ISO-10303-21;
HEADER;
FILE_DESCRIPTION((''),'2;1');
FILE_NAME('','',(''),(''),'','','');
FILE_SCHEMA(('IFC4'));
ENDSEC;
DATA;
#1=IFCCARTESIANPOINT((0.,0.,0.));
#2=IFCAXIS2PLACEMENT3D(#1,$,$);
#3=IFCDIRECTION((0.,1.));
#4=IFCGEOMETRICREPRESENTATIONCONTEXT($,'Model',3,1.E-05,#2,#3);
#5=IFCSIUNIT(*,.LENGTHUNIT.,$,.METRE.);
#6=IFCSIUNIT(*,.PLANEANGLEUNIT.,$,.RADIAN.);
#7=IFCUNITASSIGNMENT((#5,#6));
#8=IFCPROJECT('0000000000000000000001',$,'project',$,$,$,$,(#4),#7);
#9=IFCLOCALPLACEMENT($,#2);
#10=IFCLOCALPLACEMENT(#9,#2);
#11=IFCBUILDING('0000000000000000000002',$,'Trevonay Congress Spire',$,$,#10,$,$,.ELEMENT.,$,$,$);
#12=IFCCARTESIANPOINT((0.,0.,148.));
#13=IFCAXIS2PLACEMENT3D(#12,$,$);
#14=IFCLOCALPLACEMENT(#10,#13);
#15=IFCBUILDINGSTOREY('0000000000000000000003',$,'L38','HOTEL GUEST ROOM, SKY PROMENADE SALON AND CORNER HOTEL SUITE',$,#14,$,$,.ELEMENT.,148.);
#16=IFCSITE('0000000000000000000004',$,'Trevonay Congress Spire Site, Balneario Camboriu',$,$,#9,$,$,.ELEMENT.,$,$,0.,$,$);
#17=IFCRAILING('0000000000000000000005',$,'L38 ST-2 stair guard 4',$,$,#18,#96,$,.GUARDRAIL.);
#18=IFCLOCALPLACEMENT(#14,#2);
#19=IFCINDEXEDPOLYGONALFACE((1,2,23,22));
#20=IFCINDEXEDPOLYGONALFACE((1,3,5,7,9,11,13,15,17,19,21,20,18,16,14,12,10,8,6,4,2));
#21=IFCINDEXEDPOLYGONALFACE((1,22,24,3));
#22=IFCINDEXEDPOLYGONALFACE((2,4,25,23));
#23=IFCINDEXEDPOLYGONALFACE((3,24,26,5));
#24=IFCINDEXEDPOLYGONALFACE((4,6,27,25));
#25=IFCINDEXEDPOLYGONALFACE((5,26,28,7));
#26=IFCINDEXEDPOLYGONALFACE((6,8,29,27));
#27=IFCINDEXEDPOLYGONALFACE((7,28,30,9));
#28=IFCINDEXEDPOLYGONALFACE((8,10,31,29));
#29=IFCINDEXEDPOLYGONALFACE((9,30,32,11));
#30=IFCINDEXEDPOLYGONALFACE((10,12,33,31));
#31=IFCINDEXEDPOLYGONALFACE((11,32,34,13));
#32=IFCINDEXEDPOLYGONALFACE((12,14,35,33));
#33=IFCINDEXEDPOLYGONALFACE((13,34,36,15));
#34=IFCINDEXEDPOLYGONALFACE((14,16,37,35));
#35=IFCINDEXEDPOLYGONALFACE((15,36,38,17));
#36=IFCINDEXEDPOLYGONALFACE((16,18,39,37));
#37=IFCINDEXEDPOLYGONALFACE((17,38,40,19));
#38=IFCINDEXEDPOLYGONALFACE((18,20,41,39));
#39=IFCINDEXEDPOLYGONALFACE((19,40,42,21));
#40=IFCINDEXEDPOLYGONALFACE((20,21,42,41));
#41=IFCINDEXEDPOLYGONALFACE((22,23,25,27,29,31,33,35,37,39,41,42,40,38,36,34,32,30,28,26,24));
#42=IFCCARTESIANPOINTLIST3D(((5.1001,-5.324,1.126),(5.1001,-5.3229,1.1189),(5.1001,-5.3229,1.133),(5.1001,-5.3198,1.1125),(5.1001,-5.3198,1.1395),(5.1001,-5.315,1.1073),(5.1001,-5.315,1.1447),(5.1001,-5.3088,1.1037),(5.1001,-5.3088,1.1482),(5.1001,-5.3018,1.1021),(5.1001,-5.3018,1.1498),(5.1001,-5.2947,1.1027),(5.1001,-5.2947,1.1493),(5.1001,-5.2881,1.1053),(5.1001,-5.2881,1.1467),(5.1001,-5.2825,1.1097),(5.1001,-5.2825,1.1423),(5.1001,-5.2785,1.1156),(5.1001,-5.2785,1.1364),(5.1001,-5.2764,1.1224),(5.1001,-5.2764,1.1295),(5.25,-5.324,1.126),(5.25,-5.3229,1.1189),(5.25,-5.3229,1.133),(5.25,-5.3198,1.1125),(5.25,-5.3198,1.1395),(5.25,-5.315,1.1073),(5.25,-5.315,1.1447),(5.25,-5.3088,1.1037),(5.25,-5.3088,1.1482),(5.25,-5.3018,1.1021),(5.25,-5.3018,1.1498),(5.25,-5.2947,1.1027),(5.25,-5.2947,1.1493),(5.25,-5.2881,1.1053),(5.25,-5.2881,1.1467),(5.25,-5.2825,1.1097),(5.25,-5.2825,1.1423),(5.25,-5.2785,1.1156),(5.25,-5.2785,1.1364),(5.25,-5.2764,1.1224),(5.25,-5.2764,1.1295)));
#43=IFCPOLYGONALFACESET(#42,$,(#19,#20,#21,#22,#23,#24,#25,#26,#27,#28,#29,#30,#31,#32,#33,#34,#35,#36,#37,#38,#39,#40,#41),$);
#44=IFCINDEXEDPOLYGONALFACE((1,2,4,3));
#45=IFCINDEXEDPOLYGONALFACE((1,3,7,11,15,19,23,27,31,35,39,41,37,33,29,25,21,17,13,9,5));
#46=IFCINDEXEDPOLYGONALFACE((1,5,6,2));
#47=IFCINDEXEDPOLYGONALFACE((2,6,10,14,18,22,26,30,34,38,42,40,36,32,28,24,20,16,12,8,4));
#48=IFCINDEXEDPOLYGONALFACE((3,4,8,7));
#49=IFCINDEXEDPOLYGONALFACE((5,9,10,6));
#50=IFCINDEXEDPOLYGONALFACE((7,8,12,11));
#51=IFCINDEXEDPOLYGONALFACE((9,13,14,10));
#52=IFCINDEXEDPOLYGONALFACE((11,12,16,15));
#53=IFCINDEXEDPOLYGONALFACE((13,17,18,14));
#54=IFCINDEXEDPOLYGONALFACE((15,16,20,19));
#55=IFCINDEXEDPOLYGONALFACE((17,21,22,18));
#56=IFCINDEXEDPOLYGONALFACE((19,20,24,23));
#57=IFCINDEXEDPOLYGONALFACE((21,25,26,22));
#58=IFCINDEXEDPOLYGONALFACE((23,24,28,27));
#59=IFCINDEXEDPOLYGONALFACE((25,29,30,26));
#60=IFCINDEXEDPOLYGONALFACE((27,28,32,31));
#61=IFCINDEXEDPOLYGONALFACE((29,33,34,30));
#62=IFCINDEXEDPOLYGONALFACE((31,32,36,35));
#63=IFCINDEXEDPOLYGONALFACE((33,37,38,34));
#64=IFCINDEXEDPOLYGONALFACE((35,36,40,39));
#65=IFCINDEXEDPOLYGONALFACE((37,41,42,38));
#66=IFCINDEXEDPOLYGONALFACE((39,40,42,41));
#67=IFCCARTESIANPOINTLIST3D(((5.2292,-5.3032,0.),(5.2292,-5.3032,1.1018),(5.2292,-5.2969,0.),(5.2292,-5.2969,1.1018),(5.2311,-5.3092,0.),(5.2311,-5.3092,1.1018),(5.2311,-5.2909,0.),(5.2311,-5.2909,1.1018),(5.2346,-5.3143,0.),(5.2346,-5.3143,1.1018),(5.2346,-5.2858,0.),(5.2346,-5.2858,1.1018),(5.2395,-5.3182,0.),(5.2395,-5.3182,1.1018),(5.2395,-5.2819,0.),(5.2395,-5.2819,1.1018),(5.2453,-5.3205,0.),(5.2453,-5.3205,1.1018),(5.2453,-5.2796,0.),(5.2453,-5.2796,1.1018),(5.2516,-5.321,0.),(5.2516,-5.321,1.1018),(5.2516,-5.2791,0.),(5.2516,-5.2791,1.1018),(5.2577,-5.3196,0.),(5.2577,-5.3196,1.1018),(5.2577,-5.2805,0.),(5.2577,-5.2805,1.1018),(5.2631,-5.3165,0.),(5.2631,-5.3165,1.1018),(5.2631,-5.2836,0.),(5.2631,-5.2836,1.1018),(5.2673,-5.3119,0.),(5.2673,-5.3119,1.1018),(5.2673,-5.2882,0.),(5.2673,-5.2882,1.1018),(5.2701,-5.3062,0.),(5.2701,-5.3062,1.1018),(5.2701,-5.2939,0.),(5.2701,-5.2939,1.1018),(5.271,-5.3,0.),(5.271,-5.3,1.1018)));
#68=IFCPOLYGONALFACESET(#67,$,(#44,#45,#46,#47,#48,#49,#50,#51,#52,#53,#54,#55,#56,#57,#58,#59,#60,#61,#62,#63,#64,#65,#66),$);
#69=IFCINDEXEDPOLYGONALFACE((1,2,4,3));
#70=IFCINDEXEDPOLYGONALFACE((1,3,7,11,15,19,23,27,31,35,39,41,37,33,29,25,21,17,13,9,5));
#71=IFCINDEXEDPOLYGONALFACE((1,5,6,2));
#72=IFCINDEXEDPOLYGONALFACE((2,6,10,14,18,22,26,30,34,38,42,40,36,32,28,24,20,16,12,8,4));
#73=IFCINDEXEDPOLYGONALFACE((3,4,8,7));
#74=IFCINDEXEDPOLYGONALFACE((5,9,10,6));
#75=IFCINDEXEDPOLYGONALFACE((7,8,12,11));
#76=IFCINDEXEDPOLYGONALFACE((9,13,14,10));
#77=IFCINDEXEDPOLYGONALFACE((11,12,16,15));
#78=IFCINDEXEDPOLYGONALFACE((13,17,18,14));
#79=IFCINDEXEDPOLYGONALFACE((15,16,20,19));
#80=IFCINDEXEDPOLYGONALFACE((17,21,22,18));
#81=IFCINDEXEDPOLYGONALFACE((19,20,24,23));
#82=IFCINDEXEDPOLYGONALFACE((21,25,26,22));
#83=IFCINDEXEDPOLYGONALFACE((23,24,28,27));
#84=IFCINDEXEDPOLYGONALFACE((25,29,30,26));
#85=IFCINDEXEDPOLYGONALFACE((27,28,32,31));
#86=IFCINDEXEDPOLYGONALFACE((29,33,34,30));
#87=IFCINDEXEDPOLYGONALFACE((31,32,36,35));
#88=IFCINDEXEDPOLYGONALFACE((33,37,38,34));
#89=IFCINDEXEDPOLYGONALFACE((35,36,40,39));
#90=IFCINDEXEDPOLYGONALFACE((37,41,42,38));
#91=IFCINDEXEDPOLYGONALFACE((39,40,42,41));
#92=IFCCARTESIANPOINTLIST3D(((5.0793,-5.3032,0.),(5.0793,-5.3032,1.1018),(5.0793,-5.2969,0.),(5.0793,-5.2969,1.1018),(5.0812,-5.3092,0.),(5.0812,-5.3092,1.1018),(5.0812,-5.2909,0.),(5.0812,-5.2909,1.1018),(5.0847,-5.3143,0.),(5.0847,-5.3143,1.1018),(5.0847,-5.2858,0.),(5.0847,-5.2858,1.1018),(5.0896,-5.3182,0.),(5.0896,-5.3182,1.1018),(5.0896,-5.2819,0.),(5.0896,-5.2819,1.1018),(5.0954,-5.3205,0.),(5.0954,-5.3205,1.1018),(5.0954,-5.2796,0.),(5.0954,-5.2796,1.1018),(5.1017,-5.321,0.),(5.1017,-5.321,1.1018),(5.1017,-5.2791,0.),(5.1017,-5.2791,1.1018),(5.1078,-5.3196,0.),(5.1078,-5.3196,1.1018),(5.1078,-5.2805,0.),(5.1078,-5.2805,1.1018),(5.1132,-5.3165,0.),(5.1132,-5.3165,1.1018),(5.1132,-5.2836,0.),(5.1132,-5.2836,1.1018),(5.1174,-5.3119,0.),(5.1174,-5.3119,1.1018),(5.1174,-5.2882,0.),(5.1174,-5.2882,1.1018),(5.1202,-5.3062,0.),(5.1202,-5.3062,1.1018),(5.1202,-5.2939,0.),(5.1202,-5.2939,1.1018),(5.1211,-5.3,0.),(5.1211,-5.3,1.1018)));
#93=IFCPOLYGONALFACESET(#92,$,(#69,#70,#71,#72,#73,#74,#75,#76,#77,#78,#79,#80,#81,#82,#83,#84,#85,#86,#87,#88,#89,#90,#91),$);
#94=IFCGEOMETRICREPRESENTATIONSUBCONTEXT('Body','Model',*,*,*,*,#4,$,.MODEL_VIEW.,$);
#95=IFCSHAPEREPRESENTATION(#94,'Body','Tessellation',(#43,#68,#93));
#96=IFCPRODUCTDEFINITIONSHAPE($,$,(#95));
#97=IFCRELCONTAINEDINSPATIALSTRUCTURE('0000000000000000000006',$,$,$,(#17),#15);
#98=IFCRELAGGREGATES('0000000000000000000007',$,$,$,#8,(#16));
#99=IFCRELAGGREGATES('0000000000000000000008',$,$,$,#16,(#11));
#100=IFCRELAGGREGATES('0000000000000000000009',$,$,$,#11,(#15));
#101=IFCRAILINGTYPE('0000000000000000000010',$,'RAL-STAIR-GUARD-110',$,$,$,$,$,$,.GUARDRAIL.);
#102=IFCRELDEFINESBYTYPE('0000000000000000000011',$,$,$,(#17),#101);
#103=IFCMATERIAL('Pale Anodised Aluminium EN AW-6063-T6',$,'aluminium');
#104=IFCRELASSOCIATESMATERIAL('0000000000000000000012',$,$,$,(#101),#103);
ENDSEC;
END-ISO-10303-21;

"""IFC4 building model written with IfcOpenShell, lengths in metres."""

from ifc_helpers import new_model, si_unit, direction, frame, origin, origin_2d, place, context, subcontext, project, spatial, circle, extrude, material, type_object, element, save


model = new_model("IFC4")

# Units and contexts
model_context = context("Model", 3, precision=1e-05, world=origin(), true_north=direction((0.0, 1.0)))
body_context = subcontext(model_context, "Body", "Model", "MODEL_VIEW")
ifc_project = project(units=[si_unit("LENGTHUNIT", "METRE"), si_unit("PLANEANGLEUNIT", "RADIAN")], contexts=[model_context])

# Site, building, storey
site_placement = place(None, origin())
site = spatial("IfcSite", under=ifc_project, at=site_placement, Name="Trevonay Congress Spire Site, Balneario Camboriu", CompositionType="ELEMENT", RefElevation=0.0)
building_placement = place(site_placement, origin())
building = spatial("IfcBuilding", under=site, at=building_placement, Name="Trevonay Congress Spire", CompositionType="ELEMENT")
storey_placement = place(building_placement, frame((0.0, 0.0, 148.0)))
storey = spatial("IfcBuildingStorey", under=building, at=storey_placement, Name="L38", Description="HOTEL GUEST ROOM, SKY PROMENADE SALON AND CORNER HOTEL SUITE", CompositionType="ELEMENT", Elevation=148.0)

# Railing
ifc_material_1 = material(Name="Pale Anodised Aluminium EN AW-6063-T6", Category="aluminium")
railing_type_1 = type_object("IfcRailingType", Name="RAL-STAIR-GUARD-110", PredefinedType="GUARDRAIL", material=ifc_material_1)
railing_1_placement = place(storey_placement, frame((5.25, -5.3, 0.0)))
element("IfcRailing", 1, at=railing_1_placement, inside=storey, type_object=railing_type_1, Name="L38 ST-2 stair guard 4", PredefinedType="GUARDRAIL", context=body_context, shape_type="SweptSolid", body=[
    extrude(circle(Radius=0.0239, at=origin_2d()), frame((0.0, 0.0, 1.126), z_axis=(-1.0, 0.0, 0.0), x_axis=(0.0, -1.0, 0.0)), (0.0, 0.0, 1.0), 0.1499),
    extrude(circle(Radius=0.021, at=origin_2d()), origin(), (0.0, 0.0, 1.0), 1.1018),
    extrude(circle(Radius=0.021, at=origin_2d()), frame((-0.1499, 0.0, 0.0)), (0.0, 0.0, 1.0), 1.1018),
])

save(model, "model.ifc")
